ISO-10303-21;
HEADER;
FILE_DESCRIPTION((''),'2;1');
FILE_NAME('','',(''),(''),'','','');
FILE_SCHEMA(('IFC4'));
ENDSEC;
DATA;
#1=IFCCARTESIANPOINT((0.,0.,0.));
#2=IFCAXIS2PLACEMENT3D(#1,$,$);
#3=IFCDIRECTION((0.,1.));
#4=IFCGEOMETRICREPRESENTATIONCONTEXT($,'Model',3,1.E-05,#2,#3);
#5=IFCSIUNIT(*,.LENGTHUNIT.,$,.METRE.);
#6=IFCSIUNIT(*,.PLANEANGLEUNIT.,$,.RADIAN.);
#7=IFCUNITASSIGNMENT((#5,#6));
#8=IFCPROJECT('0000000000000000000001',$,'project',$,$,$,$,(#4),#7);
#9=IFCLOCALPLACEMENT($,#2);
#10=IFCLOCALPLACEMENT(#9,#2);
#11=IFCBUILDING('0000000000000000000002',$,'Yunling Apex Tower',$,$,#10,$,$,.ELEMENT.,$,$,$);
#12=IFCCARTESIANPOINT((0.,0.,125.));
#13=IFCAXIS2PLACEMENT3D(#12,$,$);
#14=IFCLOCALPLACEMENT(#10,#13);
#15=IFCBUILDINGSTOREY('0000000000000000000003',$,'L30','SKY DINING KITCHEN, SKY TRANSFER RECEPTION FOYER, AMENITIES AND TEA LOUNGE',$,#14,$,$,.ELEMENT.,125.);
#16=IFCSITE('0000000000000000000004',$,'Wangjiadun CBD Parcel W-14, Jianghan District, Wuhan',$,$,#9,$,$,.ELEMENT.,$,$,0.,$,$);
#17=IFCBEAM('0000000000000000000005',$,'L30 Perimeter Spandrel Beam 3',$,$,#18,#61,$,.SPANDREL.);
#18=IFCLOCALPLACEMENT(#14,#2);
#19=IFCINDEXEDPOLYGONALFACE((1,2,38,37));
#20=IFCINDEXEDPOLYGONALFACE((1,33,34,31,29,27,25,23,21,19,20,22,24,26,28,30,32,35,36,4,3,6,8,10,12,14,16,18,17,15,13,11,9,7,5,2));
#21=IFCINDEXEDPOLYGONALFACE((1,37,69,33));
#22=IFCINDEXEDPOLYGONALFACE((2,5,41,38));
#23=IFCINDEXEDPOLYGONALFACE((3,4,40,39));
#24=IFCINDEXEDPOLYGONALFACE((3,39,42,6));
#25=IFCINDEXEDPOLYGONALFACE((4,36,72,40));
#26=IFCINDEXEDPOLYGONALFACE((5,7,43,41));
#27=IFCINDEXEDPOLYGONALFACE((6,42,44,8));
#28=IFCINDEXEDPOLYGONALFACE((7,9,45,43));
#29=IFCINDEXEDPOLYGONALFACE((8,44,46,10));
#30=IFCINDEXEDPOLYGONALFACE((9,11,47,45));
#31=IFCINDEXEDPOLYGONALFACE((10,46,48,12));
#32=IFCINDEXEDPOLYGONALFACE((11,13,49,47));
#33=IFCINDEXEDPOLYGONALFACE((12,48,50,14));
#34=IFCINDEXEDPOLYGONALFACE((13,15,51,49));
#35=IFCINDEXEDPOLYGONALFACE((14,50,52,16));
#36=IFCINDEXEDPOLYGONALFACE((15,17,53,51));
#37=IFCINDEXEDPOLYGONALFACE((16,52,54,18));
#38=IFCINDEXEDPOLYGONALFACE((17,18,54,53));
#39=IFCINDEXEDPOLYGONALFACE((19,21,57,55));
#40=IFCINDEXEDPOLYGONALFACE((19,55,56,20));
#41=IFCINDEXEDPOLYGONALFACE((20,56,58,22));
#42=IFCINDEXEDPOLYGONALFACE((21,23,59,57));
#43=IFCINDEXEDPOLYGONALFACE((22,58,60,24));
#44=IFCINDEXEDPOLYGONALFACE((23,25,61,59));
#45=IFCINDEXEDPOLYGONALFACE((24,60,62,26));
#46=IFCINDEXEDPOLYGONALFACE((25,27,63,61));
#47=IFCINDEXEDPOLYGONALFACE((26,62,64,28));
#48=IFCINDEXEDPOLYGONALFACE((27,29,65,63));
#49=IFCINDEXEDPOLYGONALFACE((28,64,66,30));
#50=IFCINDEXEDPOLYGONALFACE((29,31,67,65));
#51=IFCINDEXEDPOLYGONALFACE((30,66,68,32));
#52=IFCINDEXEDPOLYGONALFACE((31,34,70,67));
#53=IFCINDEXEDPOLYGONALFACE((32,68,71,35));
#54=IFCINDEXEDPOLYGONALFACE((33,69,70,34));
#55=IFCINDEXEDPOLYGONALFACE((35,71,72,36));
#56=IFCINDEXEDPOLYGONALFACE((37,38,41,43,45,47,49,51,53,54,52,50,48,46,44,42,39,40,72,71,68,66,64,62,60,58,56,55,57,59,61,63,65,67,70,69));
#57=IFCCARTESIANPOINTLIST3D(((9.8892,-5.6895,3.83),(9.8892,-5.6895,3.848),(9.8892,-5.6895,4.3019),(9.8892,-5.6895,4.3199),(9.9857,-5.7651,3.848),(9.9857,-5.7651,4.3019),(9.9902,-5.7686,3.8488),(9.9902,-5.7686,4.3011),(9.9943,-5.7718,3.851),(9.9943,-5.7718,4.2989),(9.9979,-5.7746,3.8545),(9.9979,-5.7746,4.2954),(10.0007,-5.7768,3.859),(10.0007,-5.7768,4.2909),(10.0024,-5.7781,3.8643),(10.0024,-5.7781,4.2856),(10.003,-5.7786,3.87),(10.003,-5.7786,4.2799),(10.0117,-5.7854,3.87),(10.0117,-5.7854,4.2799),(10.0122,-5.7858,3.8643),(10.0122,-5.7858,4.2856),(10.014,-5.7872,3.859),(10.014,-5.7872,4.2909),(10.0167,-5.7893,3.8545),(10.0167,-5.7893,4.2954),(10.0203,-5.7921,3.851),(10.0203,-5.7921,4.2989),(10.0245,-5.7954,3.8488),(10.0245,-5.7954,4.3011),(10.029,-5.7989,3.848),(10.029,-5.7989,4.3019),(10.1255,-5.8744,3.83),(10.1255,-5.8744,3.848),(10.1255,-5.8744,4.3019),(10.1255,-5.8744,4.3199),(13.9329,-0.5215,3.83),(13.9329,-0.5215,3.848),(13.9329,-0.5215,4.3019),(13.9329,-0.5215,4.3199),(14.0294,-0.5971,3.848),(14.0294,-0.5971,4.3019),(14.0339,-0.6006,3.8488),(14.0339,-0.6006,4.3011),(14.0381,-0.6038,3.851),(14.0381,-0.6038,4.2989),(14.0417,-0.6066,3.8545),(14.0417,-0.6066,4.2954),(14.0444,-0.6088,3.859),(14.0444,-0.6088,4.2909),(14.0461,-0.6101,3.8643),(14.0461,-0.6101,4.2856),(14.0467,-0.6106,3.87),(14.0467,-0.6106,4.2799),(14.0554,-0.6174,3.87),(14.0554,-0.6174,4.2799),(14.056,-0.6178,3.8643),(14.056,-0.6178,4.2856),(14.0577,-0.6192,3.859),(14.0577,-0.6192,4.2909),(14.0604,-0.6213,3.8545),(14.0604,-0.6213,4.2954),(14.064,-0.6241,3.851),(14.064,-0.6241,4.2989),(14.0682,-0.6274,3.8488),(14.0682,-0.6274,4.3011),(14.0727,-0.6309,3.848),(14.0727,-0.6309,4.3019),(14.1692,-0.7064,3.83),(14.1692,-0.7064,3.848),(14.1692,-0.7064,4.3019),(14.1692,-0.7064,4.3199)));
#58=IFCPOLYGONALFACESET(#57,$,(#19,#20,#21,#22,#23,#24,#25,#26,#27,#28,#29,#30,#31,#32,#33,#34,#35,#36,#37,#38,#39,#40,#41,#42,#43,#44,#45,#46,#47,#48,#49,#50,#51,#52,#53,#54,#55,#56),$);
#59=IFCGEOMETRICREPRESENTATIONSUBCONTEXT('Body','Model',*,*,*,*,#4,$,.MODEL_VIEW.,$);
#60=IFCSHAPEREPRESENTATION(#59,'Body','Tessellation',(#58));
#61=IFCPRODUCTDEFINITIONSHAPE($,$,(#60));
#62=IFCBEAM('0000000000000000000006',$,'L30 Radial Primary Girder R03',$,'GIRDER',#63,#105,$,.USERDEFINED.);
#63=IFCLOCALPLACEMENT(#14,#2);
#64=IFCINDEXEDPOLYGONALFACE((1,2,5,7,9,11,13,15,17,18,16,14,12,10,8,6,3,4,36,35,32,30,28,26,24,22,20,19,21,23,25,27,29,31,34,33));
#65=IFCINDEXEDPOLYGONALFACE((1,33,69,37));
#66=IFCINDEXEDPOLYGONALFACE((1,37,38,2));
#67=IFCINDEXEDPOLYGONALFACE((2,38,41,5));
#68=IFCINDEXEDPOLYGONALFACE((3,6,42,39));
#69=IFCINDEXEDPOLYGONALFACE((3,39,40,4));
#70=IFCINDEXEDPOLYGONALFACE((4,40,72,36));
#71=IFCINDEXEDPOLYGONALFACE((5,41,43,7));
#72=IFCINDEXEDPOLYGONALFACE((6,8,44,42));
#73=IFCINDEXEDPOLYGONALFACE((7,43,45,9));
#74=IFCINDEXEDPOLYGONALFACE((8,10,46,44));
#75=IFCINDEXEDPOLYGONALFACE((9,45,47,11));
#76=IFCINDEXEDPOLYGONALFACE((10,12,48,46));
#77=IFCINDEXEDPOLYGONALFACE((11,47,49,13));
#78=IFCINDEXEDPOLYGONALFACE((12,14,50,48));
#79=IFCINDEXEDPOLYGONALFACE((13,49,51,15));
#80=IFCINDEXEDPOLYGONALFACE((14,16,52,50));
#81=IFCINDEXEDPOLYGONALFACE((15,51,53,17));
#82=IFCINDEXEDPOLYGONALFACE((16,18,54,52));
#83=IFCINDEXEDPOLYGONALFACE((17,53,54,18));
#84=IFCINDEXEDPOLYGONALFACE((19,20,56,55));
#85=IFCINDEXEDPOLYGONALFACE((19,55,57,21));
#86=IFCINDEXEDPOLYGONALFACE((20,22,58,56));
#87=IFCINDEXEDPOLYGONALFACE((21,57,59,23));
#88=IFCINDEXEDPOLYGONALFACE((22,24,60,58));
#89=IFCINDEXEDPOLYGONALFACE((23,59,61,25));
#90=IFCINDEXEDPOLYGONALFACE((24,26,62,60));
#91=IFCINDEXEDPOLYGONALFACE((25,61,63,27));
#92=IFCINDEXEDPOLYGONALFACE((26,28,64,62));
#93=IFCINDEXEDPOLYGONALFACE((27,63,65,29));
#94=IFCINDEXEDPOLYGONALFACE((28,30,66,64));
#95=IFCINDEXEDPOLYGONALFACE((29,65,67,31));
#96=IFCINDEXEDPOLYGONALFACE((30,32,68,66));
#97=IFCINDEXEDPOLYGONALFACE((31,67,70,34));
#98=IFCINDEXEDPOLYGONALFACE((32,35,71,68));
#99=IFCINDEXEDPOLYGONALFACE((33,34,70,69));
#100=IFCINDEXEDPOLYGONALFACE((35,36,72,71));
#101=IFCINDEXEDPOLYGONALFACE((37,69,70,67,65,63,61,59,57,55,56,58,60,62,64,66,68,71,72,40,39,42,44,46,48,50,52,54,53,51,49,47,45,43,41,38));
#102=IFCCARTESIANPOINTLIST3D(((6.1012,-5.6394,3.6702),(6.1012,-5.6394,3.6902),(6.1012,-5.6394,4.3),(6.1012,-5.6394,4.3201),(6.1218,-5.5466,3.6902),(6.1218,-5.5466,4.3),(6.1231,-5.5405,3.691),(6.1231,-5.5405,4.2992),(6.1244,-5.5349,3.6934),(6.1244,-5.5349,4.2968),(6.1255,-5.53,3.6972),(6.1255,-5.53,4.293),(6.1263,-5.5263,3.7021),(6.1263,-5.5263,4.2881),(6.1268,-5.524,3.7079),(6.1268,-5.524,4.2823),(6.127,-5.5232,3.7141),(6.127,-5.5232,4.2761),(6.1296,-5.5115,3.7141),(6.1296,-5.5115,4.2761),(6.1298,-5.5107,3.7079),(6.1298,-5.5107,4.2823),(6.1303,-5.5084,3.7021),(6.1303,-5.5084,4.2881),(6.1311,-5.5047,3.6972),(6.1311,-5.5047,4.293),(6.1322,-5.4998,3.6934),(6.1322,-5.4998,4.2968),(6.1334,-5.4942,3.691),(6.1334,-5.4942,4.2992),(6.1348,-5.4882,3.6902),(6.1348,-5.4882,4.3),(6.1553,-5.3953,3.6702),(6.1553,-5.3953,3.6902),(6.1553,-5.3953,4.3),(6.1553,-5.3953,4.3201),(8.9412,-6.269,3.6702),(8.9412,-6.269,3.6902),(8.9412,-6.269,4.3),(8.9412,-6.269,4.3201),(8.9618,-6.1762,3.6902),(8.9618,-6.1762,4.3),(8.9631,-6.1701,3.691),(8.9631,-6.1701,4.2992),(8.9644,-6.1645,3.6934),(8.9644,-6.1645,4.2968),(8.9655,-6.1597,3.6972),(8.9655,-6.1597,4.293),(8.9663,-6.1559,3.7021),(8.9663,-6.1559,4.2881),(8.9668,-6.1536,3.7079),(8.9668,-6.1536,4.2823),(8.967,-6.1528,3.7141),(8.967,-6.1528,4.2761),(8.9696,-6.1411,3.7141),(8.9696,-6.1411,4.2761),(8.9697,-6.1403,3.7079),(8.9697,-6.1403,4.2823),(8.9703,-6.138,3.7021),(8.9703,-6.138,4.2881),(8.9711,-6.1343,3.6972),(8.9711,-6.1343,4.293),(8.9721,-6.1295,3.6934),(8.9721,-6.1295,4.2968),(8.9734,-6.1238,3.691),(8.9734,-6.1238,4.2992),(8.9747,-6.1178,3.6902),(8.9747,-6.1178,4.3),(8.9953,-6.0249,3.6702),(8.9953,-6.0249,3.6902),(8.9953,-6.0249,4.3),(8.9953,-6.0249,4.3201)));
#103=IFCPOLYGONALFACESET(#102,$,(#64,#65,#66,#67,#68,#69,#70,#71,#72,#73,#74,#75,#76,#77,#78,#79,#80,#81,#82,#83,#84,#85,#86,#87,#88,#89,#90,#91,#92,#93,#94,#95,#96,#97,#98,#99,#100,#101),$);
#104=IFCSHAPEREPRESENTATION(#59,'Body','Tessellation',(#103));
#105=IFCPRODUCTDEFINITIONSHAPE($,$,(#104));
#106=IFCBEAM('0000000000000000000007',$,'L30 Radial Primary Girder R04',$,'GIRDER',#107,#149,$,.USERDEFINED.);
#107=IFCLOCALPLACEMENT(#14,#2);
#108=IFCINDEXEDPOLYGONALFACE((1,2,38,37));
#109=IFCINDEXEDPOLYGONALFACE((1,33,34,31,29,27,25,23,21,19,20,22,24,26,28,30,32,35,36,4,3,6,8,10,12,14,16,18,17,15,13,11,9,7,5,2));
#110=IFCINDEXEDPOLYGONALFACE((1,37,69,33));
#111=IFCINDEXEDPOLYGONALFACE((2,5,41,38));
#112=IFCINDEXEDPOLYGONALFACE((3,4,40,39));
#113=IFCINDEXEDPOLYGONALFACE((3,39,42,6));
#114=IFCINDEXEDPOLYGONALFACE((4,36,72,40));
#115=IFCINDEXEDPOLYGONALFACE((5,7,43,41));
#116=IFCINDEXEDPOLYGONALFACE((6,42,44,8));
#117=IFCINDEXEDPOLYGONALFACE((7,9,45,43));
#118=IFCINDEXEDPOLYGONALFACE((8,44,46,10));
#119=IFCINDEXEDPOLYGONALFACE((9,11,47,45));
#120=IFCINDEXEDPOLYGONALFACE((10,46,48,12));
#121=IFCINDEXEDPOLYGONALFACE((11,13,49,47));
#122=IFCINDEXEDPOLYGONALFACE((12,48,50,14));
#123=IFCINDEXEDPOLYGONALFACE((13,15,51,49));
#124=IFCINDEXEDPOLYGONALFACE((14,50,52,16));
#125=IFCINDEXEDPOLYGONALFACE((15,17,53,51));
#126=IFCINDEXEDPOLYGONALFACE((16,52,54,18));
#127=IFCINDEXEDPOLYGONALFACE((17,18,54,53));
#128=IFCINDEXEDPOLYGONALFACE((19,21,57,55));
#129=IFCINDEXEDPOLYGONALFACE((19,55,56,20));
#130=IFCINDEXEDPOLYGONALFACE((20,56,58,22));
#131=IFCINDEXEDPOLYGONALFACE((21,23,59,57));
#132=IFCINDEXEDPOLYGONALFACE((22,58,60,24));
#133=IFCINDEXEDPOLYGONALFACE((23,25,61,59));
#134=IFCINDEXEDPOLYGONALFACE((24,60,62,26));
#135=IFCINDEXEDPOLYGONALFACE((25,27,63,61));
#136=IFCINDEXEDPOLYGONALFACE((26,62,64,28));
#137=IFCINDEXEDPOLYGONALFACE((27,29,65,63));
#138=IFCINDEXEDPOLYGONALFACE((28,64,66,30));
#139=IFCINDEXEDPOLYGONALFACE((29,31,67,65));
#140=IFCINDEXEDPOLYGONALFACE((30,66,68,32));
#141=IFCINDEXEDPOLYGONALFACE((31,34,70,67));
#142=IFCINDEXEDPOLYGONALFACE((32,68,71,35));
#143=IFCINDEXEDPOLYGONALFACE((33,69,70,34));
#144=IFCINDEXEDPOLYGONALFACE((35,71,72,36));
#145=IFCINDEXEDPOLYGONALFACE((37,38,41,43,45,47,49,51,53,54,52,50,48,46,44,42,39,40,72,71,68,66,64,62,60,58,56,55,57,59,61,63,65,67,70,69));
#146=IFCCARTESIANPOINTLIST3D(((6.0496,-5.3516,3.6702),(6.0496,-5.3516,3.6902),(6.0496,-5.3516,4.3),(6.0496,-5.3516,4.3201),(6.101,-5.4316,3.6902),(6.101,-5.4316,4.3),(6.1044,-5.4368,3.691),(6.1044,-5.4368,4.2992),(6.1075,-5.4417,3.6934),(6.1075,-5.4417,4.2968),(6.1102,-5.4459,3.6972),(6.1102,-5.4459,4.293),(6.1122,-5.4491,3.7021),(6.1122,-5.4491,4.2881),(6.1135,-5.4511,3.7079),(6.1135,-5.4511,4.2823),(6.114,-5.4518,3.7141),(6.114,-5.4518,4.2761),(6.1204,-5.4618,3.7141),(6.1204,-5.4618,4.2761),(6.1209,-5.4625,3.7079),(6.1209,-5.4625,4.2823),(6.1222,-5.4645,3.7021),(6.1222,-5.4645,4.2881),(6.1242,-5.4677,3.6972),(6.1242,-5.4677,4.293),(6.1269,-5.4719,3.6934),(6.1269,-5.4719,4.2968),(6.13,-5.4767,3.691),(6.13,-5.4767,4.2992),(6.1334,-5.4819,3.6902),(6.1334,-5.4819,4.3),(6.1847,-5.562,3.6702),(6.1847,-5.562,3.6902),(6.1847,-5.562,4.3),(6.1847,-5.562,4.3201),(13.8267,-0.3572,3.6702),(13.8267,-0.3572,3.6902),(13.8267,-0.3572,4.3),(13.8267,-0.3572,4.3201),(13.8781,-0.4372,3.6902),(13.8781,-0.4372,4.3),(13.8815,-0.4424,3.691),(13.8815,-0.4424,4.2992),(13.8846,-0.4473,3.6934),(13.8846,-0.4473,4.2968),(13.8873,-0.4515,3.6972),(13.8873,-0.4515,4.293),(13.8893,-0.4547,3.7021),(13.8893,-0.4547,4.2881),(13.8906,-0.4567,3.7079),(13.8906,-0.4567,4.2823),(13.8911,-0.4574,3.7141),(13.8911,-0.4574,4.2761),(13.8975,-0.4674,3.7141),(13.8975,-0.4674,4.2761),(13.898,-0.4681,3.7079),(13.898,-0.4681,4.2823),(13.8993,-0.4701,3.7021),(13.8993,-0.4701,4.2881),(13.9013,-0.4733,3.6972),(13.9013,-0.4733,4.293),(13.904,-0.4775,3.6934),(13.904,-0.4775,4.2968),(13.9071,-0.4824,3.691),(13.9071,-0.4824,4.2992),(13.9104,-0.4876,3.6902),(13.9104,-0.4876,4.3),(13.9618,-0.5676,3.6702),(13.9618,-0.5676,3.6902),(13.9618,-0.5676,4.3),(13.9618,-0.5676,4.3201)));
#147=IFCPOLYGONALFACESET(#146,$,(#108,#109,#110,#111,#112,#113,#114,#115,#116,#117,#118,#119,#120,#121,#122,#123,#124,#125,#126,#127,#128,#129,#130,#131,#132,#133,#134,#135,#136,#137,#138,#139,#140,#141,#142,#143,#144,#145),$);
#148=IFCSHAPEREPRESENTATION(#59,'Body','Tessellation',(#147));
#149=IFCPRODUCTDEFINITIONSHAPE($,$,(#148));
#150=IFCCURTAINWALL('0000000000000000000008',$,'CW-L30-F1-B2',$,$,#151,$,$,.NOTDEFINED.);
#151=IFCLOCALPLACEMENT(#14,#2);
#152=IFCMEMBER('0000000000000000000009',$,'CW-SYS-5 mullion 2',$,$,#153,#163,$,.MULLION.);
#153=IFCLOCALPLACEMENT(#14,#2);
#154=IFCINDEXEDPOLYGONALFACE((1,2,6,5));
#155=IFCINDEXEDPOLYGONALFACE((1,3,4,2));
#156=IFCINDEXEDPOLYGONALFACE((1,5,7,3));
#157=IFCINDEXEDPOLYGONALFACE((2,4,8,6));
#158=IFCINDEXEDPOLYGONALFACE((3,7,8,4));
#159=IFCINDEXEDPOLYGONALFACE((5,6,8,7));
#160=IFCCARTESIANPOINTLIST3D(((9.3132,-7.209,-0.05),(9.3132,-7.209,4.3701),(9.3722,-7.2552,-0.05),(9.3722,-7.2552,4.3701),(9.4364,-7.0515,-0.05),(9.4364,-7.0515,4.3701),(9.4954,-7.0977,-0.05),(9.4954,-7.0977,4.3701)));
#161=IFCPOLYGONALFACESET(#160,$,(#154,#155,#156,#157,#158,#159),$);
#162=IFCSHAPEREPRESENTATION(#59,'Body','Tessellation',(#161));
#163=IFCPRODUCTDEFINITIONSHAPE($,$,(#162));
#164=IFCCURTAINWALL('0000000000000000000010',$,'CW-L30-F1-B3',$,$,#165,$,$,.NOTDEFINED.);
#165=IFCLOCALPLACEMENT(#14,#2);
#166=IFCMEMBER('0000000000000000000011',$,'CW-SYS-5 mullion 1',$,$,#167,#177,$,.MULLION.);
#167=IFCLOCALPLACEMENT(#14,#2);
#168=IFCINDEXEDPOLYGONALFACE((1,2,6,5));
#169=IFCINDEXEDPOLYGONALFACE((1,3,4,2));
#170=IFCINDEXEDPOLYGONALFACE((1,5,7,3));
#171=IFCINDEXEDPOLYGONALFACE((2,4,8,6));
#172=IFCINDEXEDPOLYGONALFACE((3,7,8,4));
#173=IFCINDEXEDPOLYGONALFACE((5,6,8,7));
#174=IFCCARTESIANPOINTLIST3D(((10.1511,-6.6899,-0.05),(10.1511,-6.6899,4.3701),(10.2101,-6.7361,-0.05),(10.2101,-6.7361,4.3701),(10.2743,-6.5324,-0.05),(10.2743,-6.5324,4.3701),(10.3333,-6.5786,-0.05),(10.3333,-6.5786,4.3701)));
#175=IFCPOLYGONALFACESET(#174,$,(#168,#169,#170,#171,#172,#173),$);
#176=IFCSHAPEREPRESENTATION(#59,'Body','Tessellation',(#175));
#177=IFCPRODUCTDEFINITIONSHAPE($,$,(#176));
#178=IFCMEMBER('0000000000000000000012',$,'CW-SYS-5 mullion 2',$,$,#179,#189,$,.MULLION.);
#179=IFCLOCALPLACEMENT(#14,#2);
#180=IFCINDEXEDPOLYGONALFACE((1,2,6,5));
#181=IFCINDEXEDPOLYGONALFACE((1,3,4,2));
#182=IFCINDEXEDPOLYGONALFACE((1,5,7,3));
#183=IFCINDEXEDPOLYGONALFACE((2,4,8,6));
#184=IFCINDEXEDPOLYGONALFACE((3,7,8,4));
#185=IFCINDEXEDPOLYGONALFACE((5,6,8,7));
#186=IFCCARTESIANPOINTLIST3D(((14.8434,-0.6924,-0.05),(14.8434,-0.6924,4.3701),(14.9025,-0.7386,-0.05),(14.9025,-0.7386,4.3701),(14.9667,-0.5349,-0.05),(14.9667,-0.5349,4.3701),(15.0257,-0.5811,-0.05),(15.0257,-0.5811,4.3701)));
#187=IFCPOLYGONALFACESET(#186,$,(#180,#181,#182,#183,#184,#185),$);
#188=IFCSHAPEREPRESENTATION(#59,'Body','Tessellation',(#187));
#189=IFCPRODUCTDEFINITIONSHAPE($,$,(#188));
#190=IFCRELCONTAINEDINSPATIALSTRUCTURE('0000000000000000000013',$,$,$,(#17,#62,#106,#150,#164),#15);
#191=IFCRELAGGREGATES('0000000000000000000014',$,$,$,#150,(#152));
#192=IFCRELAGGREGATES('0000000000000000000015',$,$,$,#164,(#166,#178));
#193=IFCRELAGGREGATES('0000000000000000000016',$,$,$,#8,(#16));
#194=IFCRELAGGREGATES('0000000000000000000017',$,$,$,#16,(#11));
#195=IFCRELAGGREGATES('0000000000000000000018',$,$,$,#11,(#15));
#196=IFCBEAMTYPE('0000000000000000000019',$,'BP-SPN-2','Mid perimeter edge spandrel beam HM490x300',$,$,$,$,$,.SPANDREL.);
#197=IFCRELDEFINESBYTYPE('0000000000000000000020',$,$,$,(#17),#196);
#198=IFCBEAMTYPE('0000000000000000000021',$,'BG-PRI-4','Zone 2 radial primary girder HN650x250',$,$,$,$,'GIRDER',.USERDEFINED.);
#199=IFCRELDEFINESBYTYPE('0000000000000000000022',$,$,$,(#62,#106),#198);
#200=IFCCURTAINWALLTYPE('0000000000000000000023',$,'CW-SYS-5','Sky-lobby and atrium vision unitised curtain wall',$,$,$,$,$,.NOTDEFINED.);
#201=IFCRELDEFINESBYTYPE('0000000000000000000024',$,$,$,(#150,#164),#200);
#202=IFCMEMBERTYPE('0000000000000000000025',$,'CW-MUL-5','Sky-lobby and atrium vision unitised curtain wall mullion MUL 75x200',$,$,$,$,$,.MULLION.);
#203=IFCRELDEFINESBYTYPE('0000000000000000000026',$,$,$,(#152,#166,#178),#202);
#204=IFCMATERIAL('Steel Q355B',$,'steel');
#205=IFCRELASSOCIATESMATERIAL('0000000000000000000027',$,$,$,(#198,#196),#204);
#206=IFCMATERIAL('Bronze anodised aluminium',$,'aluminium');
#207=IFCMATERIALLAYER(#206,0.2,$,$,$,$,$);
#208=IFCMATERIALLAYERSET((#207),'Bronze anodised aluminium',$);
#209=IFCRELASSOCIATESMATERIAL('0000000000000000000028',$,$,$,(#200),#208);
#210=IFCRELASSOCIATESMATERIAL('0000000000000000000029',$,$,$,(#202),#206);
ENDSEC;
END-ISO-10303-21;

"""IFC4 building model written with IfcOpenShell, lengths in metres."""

from ifc_helpers import new_model, si_unit, direction, frame, origin, origin_2d, place, context, subcontext, project, spatial, rectangle, i_section, extrude, source, transform, mapped, material, layer, layer_set, material_profile, profile_set, type_object, element, aggregate, save


model = new_model("IFC4")

# Units and contexts
model_context = context("Model", 3, precision=1e-05, world=origin(), true_north=direction((0.0, 1.0)))
body_context = subcontext(model_context, "Body", "Model", "MODEL_VIEW")
ifc_project = project(units=[si_unit("LENGTHUNIT", "METRE"), si_unit("PLANEANGLEUNIT", "RADIAN")], contexts=[model_context])

# Site, building, storey
site_placement = place(None, origin())
site = spatial("IfcSite", under=ifc_project, at=site_placement, Name="Wangjiadun CBD Parcel W-14, Jianghan District, Wuhan", CompositionType="ELEMENT", RefElevation=0.0)
building_placement = place(site_placement, origin())
building = spatial("IfcBuilding", under=site, at=building_placement, Name="Yunling Apex Tower", CompositionType="ELEMENT")
storey_placement = place(building_placement, frame((0.0, 0.0, 125.0)))
storey = spatial("IfcBuildingStorey", under=building, at=storey_placement, Name="L30", Description="SKY DINING KITCHEN, SKY TRANSFER RECEPTION FOYER, AMENITIES AND TEA LOUNGE", CompositionType="ELEMENT", Elevation=125.0)

# Beams
ifc_material_1 = material(Name="Steel Q355B", Category="steel")
ifc_material_profile_1 = material_profile(ifc_material_1, i_section(OverallWidth=0.25, OverallDepth=0.6499, WebThickness=0.012, FlangeThickness=0.02, FilletRadius=0.0239, at=origin_2d()))
ifc_profile_set_1 = profile_set([ifc_material_profile_1], Name="Steel Q355B")
beam_type_1 = type_object("IfcBeamType", Name="BG-PRI-4", Description="Zone 2 radial primary girder HN650x250", ElementType="GIRDER", PredefinedType="USERDEFINED", material=ifc_profile_set_1)
ifc_material_profile_2 = material_profile(ifc_material_1, i_section(OverallWidth=0.3, OverallDepth=0.49, WebThickness=0.011, FlangeThickness=0.0181, FilletRadius=0.022, at=origin_2d()))
ifc_profile_set_2 = profile_set([ifc_material_profile_2], Name="Steel Q355B")
beam_type_2 = type_object("IfcBeamType", Name="BP-SPN-2", Description="Mid perimeter edge spandrel beam HM490x300", PredefinedType="SPANDREL", material=ifc_profile_set_2)
shared_shape_1 = source(origin(), body_context, "Body", "SweptSolid", [
    extrude(i_section(OverallWidth=0.3, OverallDepth=0.49, WebThickness=0.011, FlangeThickness=0.0181, FilletRadius=0.022, at=origin_2d()), origin(), (0.0, 0.0, 1.0), 6.562),
])
beam_1_placement = place(storey_placement, frame((10.0073, -5.782, 4.075), z_axis=(0.616233, 0.787564, 0.0), x_axis=(-0.787564, 0.616233, 0.0)))
element("IfcBeam", 1, at=beam_1_placement, inside=storey, type_object=beam_type_2, Name="L30 Perimeter Spandrel Beam 3", PredefinedType="SPANDREL", context=body_context, shape_type="MappedRepresentation", body=[
    mapped(shared_shape_1, transform((0.0, 0.0, 0.0), scale=1.0)),
])
shared_shape_2 = source(origin(), body_context, "Body", "SweptSolid", [
    extrude(i_section(OverallWidth=0.25, OverallDepth=0.6499, WebThickness=0.012, FlangeThickness=0.02, FilletRadius=0.0239, at=origin_2d()), origin(), (0.0, 0.0, 1.0), 2.9089),
])
beam_2_placement = place(storey_placement, frame((8.9683, -6.147, 3.9951), z_axis=(-0.976296, 0.216442, 0.0), x_axis=(-0.216442, -0.976296, 0.0)))
element("IfcBeam", 2, at=beam_2_placement, inside=storey, type_object=beam_type_1, Name="L30 Radial Primary Girder R03", ObjectType="GIRDER", PredefinedType="USERDEFINED", context=body_context, shape_type="MappedRepresentation", body=[
    mapped(shared_shape_2, transform((0.0, 0.0, 0.0), scale=1.0)),
])
shared_shape_3 = source(origin(), body_context, "Body", "SweptSolid", [
    extrude(i_section(OverallWidth=0.25, OverallDepth=0.6499, WebThickness=0.012, FlangeThickness=0.02, FilletRadius=0.0239, at=origin_2d()), origin(), (0.0, 0.0, 1.0), 9.2427),
])
beam_3_placement = place(storey_placement, frame((13.8943, -0.4624, 3.9951), z_axis=(-0.841433, -0.540361, 0.0), x_axis=(0.540361, -0.841433, 0.0)))
element("IfcBeam", 3, at=beam_3_placement, inside=storey, type_object=beam_type_1, Name="L30 Radial Primary Girder R04", ObjectType="GIRDER", PredefinedType="USERDEFINED", context=body_context, shape_type="MappedRepresentation", body=[
    mapped(shared_shape_3, transform((0.0, 0.0, 0.0), scale=1.0)),
])

# Curtain wall, member
ifc_material_2 = material(Name="Bronze anodised aluminium", Category="aluminium")
ifc_layer_1 = layer(ifc_material_2, 0.2)
ifc_layer_set_1 = layer_set([ifc_layer_1], Name="Bronze anodised aluminium")
curtain_wall_type = type_object("IfcCurtainWallType", Name="CW-SYS-5", Description="Sky-lobby and atrium vision unitised curtain wall", PredefinedType="NOTDEFINED", material=ifc_layer_set_1)
curtain_wall_1_placement = place(storey_placement, origin())
curtain_wall_1 = element("IfcCurtainWall", 4, at=curtain_wall_1_placement, inside=storey, type_object=curtain_wall_type, Name="CW-L30-F1-B2", PredefinedType="NOTDEFINED")
ifc_material_profile_3 = material_profile(ifc_material_2, rectangle(XDim=0.075, YDim=0.2, at=origin_2d()))
ifc_profile_set_3 = profile_set([ifc_material_profile_3], Name="Bronze anodised aluminium")
member_type_1 = type_object("IfcMemberType", Name="CW-MUL-5", Description="Sky-lobby and atrium vision unitised curtain wall mullion MUL 75x200", PredefinedType="MULLION", material=ifc_profile_set_3)
shared_shape_4 = source(origin(), body_context, "Body", "SweptSolid", [
    extrude(rectangle(XDim=0.075, YDim=0.2, at=origin_2d()), origin(), (0.0, 0.0, 1.0), 4.4202),
])
member_1_placement = place(storey_placement, frame((9.4043, -7.1533, -0.05), z_axis=(0.0, 0.0, 1.0), x_axis=(-0.78759, 0.616199, 0.0)))
member_1 = element("IfcMember", 5, at=member_1_placement, type_object=member_type_1, Name="CW-SYS-5 mullion 2", PredefinedType="MULLION", context=body_context, shape_type="MappedRepresentation", body=[
    mapped(shared_shape_4, transform((0.0, 0.0, 0.0), scale=1.0)),
])

# Curtain wall, members
curtain_wall_2_placement = place(storey_placement, origin())
curtain_wall_2 = element("IfcCurtainWall", 6, at=curtain_wall_2_placement, inside=storey, type_object=curtain_wall_type, Name="CW-L30-F1-B3", PredefinedType="NOTDEFINED")
member_2_placement = place(storey_placement, frame((10.2422, -6.6343, -0.05), z_axis=(0.0, 0.0, 1.0), x_axis=(-0.787584, 0.616208, 0.0)))
member_2 = element("IfcMember", 7, at=member_2_placement, type_object=member_type_1, Name="CW-SYS-5 mullion 1", PredefinedType="MULLION", context=body_context, shape_type="MappedRepresentation", body=[
    mapped(shared_shape_4, transform((0.0, 0.0, 0.0), scale=1.0)),
])
member_3_placement = place(storey_placement, frame((14.9346, -0.6367, -0.05), z_axis=(0.0, 0.0, 1.0), x_axis=(-0.787584, 0.616208, 0.0)))
member_3 = element("IfcMember", 8, at=member_3_placement, type_object=member_type_1, Name="CW-SYS-5 mullion 2", PredefinedType="MULLION", context=body_context, shape_type="MappedRepresentation", body=[
    mapped(shared_shape_4, transform((0.0, 0.0, 0.0), scale=1.0)),
])

aggregate(curtain_wall_1, [member_1])
aggregate(curtain_wall_2, [member_2, member_3])

save(model, "model.ifc")
